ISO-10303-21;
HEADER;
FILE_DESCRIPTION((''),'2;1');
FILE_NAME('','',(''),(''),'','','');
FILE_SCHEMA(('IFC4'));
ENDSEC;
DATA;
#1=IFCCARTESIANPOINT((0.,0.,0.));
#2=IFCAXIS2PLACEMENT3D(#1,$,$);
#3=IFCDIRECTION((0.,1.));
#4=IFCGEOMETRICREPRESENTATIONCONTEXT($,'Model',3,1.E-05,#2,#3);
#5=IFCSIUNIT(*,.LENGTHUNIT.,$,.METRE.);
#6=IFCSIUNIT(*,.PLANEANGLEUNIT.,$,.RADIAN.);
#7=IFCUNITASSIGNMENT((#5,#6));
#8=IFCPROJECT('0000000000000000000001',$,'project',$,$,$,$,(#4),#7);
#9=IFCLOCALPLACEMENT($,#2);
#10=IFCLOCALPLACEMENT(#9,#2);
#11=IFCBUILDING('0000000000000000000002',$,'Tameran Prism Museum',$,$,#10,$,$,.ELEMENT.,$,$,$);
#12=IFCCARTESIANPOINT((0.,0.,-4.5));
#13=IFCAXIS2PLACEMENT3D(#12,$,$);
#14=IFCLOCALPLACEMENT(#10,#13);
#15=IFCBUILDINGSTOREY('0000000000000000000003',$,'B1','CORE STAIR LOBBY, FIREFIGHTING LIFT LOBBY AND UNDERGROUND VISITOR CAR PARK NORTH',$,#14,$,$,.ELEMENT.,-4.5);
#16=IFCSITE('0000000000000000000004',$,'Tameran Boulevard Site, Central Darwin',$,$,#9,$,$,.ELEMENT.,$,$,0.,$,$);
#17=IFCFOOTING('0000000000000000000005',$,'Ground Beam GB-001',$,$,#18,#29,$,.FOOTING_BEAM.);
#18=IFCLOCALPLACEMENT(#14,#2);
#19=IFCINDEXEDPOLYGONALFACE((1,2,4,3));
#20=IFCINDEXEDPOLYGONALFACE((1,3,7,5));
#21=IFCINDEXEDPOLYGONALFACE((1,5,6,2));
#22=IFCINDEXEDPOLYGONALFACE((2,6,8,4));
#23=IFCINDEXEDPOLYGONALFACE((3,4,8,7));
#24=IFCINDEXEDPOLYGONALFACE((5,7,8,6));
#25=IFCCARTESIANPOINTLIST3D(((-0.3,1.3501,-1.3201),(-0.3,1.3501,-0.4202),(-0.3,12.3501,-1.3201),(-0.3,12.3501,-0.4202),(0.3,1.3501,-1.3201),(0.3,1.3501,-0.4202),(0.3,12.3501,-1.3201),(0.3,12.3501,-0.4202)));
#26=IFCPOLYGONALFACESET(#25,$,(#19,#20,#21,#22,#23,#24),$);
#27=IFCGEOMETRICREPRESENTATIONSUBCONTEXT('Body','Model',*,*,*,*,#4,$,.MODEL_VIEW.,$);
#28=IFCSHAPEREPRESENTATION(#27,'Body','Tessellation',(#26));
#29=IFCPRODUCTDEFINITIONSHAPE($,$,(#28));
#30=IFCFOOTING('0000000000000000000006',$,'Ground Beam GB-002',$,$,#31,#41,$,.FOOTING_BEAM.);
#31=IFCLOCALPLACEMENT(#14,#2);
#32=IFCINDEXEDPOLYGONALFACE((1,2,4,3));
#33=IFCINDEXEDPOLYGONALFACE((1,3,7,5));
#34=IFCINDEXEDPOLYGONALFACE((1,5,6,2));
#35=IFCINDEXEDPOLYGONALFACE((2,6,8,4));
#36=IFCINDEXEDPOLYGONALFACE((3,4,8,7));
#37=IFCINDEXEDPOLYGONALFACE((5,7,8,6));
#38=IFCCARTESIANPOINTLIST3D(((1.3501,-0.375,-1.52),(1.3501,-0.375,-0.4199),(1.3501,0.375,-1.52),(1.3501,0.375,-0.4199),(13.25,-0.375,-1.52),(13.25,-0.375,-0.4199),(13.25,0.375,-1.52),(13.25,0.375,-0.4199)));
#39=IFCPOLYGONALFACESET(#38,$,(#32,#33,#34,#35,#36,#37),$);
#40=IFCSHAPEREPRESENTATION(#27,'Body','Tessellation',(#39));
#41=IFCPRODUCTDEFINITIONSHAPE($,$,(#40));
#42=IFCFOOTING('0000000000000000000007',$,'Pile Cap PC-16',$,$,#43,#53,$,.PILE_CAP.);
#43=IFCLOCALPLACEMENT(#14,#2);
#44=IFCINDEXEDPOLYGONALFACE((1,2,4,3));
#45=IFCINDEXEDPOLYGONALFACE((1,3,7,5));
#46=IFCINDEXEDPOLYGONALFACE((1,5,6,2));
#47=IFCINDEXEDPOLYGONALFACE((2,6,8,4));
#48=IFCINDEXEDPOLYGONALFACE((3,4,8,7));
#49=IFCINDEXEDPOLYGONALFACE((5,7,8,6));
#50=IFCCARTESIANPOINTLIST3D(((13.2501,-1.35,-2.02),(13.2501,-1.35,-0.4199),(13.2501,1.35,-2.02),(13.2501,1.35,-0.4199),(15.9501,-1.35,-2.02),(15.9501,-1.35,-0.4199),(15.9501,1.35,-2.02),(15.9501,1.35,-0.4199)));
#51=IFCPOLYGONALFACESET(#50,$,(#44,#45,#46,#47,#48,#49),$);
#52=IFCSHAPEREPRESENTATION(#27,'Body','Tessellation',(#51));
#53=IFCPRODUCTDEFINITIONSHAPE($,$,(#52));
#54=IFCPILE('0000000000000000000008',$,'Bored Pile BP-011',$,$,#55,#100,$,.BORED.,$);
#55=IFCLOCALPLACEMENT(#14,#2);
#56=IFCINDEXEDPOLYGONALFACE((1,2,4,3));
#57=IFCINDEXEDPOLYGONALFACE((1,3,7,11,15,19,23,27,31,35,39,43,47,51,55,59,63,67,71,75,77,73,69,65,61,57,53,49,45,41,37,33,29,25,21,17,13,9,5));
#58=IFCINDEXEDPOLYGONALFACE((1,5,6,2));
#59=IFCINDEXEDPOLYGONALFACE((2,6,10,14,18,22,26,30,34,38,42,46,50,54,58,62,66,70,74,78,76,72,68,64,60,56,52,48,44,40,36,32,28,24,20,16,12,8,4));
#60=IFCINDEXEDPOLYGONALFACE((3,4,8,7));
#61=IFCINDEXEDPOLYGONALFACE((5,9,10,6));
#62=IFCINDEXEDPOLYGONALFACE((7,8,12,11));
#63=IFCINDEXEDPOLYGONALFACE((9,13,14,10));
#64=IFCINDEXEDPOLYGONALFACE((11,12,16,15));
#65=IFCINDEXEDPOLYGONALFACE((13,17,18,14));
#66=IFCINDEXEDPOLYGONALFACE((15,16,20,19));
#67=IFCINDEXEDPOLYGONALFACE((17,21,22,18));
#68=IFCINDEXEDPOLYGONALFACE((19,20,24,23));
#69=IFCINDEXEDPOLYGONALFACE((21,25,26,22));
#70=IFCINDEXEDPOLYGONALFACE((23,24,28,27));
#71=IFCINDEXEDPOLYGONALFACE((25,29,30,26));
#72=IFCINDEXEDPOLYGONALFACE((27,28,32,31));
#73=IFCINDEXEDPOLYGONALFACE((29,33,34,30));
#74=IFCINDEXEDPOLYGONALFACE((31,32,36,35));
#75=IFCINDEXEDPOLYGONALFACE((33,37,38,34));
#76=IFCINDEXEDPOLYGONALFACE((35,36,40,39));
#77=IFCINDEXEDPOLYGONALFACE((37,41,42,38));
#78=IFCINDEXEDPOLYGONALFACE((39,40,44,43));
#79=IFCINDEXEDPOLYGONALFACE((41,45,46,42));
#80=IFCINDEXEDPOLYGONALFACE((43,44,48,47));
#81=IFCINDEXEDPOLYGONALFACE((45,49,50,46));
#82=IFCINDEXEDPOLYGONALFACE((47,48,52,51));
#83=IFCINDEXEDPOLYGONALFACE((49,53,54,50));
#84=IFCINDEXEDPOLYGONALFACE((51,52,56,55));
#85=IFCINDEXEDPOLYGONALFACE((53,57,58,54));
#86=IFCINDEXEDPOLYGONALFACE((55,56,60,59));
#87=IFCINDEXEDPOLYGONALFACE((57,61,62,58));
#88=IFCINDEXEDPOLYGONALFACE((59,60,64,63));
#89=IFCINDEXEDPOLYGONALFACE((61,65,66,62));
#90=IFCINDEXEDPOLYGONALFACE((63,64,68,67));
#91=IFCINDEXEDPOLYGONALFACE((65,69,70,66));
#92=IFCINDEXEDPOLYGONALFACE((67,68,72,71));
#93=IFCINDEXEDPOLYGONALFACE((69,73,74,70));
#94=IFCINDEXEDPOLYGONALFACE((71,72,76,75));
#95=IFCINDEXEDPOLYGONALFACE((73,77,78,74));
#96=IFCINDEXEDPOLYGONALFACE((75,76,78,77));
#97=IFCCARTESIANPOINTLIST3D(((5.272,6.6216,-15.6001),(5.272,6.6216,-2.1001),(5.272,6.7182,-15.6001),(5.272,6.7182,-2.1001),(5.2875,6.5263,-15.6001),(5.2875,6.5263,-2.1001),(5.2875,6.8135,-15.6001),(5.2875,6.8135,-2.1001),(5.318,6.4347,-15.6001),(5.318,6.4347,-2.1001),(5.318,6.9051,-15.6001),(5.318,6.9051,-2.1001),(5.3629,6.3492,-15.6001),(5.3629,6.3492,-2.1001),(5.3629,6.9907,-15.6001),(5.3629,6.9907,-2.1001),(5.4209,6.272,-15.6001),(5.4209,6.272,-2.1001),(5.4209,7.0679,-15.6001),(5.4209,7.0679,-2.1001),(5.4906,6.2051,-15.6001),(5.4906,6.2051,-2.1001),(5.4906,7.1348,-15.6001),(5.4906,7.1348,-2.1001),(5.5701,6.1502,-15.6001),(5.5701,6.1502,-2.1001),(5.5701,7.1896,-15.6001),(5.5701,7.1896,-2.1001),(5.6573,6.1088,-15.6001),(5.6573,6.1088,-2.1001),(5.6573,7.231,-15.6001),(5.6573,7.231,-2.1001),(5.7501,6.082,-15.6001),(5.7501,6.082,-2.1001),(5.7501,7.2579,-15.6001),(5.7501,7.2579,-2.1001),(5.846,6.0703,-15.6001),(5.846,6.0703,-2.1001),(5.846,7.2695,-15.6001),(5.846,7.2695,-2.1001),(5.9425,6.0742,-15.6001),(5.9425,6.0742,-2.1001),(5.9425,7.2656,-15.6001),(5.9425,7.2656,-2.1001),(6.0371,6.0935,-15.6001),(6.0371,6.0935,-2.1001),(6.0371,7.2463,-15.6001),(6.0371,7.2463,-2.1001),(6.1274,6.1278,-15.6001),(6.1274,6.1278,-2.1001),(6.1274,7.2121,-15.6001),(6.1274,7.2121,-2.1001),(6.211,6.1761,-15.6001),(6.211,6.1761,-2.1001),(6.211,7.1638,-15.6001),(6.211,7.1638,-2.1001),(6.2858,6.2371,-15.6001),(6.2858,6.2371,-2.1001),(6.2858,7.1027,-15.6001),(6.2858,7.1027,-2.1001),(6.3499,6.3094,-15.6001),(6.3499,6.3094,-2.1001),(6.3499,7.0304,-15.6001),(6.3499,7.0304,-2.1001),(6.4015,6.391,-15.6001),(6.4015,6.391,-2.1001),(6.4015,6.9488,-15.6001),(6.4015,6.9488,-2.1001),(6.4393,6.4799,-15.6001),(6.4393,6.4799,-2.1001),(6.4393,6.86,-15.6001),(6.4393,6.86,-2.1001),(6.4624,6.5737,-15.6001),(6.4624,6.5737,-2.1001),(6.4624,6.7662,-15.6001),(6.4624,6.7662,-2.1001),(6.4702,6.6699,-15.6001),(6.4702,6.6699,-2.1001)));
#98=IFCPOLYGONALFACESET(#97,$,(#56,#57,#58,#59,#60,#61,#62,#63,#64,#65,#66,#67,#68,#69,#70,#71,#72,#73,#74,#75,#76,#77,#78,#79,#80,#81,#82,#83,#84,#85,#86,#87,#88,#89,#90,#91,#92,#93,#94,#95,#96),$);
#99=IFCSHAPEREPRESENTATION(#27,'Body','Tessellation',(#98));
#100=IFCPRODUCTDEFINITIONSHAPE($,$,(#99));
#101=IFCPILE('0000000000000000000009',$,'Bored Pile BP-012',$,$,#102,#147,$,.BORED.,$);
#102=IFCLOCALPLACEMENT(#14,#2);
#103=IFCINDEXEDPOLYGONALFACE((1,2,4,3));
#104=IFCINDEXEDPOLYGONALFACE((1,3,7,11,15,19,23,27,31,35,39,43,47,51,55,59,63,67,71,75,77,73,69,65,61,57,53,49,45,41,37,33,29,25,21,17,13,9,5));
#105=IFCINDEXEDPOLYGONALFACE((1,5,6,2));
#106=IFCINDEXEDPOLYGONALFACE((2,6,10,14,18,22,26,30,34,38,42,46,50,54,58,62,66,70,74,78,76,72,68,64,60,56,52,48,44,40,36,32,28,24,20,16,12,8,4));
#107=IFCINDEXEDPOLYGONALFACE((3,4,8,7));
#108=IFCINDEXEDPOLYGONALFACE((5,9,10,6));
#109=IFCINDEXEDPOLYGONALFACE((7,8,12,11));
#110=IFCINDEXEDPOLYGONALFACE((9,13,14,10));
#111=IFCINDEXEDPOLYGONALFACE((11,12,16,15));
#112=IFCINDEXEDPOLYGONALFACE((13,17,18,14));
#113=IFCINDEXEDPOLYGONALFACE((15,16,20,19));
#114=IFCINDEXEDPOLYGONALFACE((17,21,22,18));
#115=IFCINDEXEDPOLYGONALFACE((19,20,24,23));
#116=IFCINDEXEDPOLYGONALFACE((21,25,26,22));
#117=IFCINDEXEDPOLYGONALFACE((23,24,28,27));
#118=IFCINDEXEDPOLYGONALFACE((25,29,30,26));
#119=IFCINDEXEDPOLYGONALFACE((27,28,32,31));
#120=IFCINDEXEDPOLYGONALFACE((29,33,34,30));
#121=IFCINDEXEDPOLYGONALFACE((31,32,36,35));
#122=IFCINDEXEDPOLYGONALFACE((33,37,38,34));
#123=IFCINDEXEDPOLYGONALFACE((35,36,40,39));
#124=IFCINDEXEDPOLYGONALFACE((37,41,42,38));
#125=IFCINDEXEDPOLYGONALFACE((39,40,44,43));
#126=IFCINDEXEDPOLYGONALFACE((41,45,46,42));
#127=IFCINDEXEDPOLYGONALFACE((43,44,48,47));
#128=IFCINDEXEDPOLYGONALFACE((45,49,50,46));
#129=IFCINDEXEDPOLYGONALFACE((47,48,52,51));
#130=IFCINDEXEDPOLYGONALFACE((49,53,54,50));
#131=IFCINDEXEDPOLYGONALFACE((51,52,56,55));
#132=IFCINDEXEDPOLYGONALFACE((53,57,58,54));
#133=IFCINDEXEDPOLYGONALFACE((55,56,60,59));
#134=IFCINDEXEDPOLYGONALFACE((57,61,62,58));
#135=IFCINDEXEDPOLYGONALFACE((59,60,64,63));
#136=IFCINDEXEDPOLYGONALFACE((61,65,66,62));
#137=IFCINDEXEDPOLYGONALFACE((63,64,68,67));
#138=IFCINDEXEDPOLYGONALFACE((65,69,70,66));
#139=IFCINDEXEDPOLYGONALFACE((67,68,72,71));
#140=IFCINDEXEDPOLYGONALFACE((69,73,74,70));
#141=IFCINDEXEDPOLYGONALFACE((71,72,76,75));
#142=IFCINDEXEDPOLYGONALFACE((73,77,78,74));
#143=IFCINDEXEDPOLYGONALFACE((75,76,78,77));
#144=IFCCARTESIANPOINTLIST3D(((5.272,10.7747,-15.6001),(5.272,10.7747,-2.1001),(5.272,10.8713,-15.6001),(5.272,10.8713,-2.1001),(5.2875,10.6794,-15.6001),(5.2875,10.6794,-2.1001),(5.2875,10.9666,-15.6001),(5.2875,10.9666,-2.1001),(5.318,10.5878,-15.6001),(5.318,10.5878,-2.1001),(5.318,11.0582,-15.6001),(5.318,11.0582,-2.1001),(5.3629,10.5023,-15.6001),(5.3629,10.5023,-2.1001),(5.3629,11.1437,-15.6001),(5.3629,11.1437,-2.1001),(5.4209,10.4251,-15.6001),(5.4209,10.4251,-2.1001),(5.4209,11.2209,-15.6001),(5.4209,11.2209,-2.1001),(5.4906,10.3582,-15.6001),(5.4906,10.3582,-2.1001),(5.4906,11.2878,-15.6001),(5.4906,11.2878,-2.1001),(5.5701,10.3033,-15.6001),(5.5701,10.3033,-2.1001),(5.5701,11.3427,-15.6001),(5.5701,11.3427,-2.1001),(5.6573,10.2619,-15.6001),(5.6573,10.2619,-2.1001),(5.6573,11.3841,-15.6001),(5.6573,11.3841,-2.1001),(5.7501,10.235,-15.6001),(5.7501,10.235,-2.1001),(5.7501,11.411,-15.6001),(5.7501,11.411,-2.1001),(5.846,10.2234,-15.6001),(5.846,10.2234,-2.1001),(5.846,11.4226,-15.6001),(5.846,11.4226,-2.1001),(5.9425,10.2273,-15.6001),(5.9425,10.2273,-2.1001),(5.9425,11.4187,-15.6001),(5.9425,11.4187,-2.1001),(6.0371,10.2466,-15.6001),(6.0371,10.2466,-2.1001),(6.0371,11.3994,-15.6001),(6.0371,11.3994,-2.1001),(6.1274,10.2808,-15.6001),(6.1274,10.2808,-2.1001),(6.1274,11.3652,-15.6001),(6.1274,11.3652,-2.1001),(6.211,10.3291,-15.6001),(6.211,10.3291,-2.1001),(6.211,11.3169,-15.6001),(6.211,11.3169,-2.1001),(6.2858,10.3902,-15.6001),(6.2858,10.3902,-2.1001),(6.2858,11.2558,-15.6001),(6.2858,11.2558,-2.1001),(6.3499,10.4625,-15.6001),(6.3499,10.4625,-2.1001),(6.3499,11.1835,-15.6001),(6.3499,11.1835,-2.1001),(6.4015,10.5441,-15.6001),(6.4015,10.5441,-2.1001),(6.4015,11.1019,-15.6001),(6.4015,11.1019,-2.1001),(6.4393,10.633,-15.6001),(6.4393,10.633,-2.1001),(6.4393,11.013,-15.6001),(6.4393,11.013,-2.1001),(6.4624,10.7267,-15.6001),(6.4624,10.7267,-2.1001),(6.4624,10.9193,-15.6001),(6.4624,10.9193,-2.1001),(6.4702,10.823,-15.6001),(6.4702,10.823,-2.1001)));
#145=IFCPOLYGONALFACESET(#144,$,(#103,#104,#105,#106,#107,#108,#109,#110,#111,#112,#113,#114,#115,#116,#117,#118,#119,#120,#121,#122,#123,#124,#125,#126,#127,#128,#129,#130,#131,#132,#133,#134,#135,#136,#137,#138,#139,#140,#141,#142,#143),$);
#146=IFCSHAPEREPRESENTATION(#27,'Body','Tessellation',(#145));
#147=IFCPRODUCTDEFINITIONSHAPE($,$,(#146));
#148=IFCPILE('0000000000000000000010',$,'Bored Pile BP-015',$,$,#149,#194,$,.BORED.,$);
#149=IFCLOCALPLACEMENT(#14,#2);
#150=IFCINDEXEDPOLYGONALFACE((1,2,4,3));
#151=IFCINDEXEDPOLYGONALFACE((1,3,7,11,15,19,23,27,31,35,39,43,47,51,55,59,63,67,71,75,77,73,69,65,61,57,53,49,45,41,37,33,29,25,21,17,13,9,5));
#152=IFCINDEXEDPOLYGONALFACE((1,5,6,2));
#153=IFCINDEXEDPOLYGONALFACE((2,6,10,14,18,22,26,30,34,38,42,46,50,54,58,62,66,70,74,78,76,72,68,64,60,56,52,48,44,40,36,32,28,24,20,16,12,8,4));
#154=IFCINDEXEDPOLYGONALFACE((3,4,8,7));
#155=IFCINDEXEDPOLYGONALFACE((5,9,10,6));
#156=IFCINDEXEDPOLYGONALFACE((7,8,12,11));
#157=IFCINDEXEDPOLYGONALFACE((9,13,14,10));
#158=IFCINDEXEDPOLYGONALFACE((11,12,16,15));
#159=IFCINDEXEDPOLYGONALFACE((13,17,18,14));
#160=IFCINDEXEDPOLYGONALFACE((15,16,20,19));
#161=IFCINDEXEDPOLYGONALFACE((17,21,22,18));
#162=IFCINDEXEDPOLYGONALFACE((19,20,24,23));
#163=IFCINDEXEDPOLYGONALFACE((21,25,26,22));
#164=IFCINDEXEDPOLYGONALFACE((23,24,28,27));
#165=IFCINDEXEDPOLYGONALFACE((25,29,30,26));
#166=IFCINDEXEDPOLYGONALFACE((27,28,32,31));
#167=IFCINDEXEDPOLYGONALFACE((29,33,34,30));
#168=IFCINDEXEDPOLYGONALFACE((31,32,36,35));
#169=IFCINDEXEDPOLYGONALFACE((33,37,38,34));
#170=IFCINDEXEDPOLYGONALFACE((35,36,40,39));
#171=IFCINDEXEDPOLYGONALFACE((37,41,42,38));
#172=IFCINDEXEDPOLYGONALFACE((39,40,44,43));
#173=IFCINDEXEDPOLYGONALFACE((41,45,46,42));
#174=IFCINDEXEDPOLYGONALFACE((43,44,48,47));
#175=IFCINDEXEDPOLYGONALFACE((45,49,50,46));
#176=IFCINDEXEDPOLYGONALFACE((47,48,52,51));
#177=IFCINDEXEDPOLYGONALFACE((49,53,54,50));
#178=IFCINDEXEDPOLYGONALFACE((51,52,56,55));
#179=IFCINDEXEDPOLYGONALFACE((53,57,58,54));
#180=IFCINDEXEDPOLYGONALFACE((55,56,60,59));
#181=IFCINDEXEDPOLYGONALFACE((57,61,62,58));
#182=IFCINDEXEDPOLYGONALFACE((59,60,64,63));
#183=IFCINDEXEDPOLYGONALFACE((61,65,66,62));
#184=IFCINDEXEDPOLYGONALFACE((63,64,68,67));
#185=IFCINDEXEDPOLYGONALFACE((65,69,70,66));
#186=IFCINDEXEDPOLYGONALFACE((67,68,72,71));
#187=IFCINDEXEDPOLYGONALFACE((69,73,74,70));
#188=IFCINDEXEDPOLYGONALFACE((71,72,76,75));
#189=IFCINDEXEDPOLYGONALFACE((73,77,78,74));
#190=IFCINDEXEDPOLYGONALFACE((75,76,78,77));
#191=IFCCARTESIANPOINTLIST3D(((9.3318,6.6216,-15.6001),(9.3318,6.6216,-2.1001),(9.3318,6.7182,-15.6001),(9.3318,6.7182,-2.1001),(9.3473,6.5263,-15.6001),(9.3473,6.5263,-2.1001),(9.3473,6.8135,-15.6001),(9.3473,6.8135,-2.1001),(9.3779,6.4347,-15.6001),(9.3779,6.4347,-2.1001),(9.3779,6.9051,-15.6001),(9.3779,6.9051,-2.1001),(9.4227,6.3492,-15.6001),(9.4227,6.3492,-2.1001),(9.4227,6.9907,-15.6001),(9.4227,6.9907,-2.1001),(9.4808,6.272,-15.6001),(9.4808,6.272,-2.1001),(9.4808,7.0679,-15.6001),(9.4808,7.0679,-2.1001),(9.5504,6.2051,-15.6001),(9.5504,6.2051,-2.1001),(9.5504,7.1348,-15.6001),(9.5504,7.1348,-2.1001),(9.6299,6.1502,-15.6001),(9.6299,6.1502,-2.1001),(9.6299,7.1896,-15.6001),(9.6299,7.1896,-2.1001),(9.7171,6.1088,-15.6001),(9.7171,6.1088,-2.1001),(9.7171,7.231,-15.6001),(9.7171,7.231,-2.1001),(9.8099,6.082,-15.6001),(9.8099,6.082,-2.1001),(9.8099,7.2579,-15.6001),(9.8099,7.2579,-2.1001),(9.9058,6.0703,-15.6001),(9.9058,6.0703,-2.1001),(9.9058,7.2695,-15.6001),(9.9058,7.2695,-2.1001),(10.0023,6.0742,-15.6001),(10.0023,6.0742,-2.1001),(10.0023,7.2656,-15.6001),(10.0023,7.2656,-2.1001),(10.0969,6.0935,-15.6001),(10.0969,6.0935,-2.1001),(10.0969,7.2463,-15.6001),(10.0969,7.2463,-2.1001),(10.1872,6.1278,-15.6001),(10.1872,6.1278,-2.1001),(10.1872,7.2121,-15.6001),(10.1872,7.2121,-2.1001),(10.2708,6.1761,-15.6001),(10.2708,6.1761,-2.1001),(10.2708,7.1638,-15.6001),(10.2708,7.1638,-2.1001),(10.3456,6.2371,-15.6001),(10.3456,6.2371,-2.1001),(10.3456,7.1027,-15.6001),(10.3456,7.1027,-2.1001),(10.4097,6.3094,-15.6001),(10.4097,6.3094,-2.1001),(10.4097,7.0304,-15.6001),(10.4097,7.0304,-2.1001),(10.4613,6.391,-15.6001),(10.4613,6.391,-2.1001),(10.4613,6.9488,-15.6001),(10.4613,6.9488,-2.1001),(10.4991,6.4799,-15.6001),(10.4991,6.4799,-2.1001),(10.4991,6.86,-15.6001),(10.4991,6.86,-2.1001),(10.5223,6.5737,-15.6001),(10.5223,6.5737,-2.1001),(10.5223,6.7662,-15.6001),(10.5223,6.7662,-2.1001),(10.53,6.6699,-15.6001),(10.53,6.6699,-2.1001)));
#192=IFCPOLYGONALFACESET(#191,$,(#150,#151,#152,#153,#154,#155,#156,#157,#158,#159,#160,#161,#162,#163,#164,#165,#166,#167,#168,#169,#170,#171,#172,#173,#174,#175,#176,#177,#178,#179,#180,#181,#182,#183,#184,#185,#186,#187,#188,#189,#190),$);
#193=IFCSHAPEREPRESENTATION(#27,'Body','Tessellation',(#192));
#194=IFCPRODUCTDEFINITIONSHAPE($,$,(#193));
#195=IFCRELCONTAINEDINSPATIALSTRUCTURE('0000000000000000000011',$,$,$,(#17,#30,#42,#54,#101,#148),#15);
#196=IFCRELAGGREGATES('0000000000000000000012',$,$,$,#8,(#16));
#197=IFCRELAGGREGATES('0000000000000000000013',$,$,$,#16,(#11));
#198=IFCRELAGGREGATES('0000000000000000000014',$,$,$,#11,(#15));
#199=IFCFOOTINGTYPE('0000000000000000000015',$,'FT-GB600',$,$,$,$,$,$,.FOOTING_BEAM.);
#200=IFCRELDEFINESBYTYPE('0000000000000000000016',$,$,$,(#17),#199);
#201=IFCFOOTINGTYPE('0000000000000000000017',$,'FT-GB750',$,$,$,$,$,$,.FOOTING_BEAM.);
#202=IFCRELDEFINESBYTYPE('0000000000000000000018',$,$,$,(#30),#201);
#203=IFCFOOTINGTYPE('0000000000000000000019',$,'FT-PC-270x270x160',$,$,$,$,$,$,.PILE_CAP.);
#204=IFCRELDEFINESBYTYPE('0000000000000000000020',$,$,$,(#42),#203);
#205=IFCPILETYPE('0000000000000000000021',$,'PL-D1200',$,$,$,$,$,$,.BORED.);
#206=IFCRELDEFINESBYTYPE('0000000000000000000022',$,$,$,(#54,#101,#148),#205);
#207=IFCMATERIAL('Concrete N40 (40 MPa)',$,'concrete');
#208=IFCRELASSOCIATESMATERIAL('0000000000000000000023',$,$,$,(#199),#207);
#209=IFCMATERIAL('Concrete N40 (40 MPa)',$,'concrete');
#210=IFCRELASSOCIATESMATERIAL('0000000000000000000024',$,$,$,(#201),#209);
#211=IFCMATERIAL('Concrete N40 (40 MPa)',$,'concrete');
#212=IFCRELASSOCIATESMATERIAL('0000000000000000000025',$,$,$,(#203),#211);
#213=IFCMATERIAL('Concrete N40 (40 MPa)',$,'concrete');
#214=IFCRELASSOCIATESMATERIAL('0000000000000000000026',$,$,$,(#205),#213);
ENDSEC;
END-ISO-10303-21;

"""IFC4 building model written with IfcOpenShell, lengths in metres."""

from ifc_helpers import new_model, si_unit, direction, frame, origin, origin_2d, place, context, subcontext, project, spatial, rectangle, circle, extrude, material, material_profile, profile_set, type_object, element, save


model = new_model("IFC4")

# Units and contexts
model_context = context("Model", 3, precision=1e-05, world=origin(), true_north=direction((0.0, 1.0)))
body_context = subcontext(model_context, "Body", "Model", "MODEL_VIEW")
ifc_project = project(units=[si_unit("LENGTHUNIT", "METRE"), si_unit("PLANEANGLEUNIT", "RADIAN")], contexts=[model_context])

# Site, building, storey
site_placement = place(None, origin())
site = spatial("IfcSite", under=ifc_project, at=site_placement, Name="Tameran Boulevard Site, Central Darwin", CompositionType="ELEMENT", RefElevation=0.0)
building_placement = place(site_placement, origin())
building = spatial("IfcBuilding", under=site, at=building_placement, Name="Tameran Prism Museum", CompositionType="ELEMENT")
storey_placement = place(building_placement, frame((0.0, 0.0, -4.5)))
storey = spatial("IfcBuildingStorey", under=building, at=storey_placement, Name="B1", Description="CORE STAIR LOBBY, FIREFIGHTING LIFT LOBBY AND UNDERGROUND VISITOR CAR PARK NORTH", CompositionType="ELEMENT", Elevation=-4.5)

# Footings
ifc_material_1 = material(Name="Concrete N40 (40 MPa)", Category="concrete")
ifc_material_profile_1 = material_profile(ifc_material_1, rectangle(XDim=0.6001, YDim=0.8999, at=origin_2d()))
ifc_profile_set_1 = profile_set([ifc_material_profile_1])
footing_type_1 = type_object("IfcFootingType", Name="FT-GB600", PredefinedType="FOOTING_BEAM", material=ifc_profile_set_1)
footing_1_placement = place(storey_placement, frame((0.0, 1.3501, -0.8701), z_axis=(0.0, 1.0, 0.0), x_axis=(-1.0, 0.0, 0.0)))
element("IfcFooting", 1, at=footing_1_placement, inside=storey, type_object=footing_type_1, Name="Ground Beam GB-001", PredefinedType="FOOTING_BEAM", context=body_context, shape_type="SweptSolid", body=[
    extrude(rectangle(XDim=0.6001, YDim=0.8999, at=origin_2d()), origin(), (0.0, 0.0, 1.0), 11.0),
])
ifc_material_2 = material(Name="Concrete N40 (40 MPa)", Category="concrete")
ifc_material_profile_2 = material_profile(ifc_material_2, rectangle(XDim=0.75, YDim=1.1001, at=origin_2d()))
ifc_profile_set_2 = profile_set([ifc_material_profile_2])
footing_type_2 = type_object("IfcFootingType", Name="FT-GB750", PredefinedType="FOOTING_BEAM", material=ifc_profile_set_2)
footing_2_placement = place(storey_placement, frame((1.3501, 0.0, -0.97), z_axis=(1.0, 0.0, 0.0), x_axis=(0.0, 1.0, 0.0)))
element("IfcFooting", 2, at=footing_2_placement, inside=storey, type_object=footing_type_2, Name="Ground Beam GB-002", PredefinedType="FOOTING_BEAM", context=body_context, shape_type="SweptSolid", body=[
    extrude(rectangle(XDim=0.75, YDim=1.1001, at=origin_2d()), origin(), (0.0, 0.0, 1.0), 11.8999),
])
ifc_material_3 = material(Name="Concrete N40 (40 MPa)", Category="concrete")
footing_type_3 = type_object("IfcFootingType", Name="FT-PC-270x270x160", PredefinedType="PILE_CAP", material=ifc_material_3)
footing_3_placement = place(storey_placement, frame((14.6001, 0.0, -2.02), z_axis=(0.0, 0.0, 1.0), x_axis=(1.0, 0.0, 0.0)))
element("IfcFooting", 3, at=footing_3_placement, inside=storey, type_object=footing_type_3, Name="Pile Cap PC-16", PredefinedType="PILE_CAP", context=body_context, shape_type="SweptSolid", body=[
    extrude(rectangle(XDim=2.7, YDim=2.7, at=origin_2d()), origin(), (0.0, 0.0, 1.0), 1.6001),
])

# Piles
ifc_material_4 = material(Name="Concrete N40 (40 MPa)", Category="concrete")
ifc_material_profile_3 = material_profile(ifc_material_4, circle(Radius=0.6001, at=origin_2d()))
ifc_profile_set_3 = profile_set([ifc_material_profile_3])
pile_type_1 = type_object("IfcPileType", Name="PL-D1200", PredefinedType="BORED", material=ifc_profile_set_3)
for number, where, z_axis, x_axis, name in (
    (4, (5.8701, 6.6699, -2.1001), (0.0, 0.0, -1.0), (1.0, 0.0, 0.0), "Bored Pile BP-011"),
    (5, (5.8701, 10.823, -2.1001), (0.0, 0.0, -1.0), (1.0, 0.0, 0.0), "Bored Pile BP-012"),
    (6, (9.9299, 6.6699, -2.1001), (0.0, 0.0, -1.0), (1.0, 0.0, 0.0), "Bored Pile BP-015"),
):
    element("IfcPile", number, at=place(storey_placement, frame(where, z_axis=z_axis, x_axis=x_axis)), inside=storey, type_object=pile_type_1, Name=name, PredefinedType="BORED", context=body_context, shape_type="SweptSolid", body=[
        extrude(circle(Radius=0.6001, at=origin_2d()), origin(), (0.0, 0.0, 1.0), 13.5),
    ])

save(model, "model.ifc")
